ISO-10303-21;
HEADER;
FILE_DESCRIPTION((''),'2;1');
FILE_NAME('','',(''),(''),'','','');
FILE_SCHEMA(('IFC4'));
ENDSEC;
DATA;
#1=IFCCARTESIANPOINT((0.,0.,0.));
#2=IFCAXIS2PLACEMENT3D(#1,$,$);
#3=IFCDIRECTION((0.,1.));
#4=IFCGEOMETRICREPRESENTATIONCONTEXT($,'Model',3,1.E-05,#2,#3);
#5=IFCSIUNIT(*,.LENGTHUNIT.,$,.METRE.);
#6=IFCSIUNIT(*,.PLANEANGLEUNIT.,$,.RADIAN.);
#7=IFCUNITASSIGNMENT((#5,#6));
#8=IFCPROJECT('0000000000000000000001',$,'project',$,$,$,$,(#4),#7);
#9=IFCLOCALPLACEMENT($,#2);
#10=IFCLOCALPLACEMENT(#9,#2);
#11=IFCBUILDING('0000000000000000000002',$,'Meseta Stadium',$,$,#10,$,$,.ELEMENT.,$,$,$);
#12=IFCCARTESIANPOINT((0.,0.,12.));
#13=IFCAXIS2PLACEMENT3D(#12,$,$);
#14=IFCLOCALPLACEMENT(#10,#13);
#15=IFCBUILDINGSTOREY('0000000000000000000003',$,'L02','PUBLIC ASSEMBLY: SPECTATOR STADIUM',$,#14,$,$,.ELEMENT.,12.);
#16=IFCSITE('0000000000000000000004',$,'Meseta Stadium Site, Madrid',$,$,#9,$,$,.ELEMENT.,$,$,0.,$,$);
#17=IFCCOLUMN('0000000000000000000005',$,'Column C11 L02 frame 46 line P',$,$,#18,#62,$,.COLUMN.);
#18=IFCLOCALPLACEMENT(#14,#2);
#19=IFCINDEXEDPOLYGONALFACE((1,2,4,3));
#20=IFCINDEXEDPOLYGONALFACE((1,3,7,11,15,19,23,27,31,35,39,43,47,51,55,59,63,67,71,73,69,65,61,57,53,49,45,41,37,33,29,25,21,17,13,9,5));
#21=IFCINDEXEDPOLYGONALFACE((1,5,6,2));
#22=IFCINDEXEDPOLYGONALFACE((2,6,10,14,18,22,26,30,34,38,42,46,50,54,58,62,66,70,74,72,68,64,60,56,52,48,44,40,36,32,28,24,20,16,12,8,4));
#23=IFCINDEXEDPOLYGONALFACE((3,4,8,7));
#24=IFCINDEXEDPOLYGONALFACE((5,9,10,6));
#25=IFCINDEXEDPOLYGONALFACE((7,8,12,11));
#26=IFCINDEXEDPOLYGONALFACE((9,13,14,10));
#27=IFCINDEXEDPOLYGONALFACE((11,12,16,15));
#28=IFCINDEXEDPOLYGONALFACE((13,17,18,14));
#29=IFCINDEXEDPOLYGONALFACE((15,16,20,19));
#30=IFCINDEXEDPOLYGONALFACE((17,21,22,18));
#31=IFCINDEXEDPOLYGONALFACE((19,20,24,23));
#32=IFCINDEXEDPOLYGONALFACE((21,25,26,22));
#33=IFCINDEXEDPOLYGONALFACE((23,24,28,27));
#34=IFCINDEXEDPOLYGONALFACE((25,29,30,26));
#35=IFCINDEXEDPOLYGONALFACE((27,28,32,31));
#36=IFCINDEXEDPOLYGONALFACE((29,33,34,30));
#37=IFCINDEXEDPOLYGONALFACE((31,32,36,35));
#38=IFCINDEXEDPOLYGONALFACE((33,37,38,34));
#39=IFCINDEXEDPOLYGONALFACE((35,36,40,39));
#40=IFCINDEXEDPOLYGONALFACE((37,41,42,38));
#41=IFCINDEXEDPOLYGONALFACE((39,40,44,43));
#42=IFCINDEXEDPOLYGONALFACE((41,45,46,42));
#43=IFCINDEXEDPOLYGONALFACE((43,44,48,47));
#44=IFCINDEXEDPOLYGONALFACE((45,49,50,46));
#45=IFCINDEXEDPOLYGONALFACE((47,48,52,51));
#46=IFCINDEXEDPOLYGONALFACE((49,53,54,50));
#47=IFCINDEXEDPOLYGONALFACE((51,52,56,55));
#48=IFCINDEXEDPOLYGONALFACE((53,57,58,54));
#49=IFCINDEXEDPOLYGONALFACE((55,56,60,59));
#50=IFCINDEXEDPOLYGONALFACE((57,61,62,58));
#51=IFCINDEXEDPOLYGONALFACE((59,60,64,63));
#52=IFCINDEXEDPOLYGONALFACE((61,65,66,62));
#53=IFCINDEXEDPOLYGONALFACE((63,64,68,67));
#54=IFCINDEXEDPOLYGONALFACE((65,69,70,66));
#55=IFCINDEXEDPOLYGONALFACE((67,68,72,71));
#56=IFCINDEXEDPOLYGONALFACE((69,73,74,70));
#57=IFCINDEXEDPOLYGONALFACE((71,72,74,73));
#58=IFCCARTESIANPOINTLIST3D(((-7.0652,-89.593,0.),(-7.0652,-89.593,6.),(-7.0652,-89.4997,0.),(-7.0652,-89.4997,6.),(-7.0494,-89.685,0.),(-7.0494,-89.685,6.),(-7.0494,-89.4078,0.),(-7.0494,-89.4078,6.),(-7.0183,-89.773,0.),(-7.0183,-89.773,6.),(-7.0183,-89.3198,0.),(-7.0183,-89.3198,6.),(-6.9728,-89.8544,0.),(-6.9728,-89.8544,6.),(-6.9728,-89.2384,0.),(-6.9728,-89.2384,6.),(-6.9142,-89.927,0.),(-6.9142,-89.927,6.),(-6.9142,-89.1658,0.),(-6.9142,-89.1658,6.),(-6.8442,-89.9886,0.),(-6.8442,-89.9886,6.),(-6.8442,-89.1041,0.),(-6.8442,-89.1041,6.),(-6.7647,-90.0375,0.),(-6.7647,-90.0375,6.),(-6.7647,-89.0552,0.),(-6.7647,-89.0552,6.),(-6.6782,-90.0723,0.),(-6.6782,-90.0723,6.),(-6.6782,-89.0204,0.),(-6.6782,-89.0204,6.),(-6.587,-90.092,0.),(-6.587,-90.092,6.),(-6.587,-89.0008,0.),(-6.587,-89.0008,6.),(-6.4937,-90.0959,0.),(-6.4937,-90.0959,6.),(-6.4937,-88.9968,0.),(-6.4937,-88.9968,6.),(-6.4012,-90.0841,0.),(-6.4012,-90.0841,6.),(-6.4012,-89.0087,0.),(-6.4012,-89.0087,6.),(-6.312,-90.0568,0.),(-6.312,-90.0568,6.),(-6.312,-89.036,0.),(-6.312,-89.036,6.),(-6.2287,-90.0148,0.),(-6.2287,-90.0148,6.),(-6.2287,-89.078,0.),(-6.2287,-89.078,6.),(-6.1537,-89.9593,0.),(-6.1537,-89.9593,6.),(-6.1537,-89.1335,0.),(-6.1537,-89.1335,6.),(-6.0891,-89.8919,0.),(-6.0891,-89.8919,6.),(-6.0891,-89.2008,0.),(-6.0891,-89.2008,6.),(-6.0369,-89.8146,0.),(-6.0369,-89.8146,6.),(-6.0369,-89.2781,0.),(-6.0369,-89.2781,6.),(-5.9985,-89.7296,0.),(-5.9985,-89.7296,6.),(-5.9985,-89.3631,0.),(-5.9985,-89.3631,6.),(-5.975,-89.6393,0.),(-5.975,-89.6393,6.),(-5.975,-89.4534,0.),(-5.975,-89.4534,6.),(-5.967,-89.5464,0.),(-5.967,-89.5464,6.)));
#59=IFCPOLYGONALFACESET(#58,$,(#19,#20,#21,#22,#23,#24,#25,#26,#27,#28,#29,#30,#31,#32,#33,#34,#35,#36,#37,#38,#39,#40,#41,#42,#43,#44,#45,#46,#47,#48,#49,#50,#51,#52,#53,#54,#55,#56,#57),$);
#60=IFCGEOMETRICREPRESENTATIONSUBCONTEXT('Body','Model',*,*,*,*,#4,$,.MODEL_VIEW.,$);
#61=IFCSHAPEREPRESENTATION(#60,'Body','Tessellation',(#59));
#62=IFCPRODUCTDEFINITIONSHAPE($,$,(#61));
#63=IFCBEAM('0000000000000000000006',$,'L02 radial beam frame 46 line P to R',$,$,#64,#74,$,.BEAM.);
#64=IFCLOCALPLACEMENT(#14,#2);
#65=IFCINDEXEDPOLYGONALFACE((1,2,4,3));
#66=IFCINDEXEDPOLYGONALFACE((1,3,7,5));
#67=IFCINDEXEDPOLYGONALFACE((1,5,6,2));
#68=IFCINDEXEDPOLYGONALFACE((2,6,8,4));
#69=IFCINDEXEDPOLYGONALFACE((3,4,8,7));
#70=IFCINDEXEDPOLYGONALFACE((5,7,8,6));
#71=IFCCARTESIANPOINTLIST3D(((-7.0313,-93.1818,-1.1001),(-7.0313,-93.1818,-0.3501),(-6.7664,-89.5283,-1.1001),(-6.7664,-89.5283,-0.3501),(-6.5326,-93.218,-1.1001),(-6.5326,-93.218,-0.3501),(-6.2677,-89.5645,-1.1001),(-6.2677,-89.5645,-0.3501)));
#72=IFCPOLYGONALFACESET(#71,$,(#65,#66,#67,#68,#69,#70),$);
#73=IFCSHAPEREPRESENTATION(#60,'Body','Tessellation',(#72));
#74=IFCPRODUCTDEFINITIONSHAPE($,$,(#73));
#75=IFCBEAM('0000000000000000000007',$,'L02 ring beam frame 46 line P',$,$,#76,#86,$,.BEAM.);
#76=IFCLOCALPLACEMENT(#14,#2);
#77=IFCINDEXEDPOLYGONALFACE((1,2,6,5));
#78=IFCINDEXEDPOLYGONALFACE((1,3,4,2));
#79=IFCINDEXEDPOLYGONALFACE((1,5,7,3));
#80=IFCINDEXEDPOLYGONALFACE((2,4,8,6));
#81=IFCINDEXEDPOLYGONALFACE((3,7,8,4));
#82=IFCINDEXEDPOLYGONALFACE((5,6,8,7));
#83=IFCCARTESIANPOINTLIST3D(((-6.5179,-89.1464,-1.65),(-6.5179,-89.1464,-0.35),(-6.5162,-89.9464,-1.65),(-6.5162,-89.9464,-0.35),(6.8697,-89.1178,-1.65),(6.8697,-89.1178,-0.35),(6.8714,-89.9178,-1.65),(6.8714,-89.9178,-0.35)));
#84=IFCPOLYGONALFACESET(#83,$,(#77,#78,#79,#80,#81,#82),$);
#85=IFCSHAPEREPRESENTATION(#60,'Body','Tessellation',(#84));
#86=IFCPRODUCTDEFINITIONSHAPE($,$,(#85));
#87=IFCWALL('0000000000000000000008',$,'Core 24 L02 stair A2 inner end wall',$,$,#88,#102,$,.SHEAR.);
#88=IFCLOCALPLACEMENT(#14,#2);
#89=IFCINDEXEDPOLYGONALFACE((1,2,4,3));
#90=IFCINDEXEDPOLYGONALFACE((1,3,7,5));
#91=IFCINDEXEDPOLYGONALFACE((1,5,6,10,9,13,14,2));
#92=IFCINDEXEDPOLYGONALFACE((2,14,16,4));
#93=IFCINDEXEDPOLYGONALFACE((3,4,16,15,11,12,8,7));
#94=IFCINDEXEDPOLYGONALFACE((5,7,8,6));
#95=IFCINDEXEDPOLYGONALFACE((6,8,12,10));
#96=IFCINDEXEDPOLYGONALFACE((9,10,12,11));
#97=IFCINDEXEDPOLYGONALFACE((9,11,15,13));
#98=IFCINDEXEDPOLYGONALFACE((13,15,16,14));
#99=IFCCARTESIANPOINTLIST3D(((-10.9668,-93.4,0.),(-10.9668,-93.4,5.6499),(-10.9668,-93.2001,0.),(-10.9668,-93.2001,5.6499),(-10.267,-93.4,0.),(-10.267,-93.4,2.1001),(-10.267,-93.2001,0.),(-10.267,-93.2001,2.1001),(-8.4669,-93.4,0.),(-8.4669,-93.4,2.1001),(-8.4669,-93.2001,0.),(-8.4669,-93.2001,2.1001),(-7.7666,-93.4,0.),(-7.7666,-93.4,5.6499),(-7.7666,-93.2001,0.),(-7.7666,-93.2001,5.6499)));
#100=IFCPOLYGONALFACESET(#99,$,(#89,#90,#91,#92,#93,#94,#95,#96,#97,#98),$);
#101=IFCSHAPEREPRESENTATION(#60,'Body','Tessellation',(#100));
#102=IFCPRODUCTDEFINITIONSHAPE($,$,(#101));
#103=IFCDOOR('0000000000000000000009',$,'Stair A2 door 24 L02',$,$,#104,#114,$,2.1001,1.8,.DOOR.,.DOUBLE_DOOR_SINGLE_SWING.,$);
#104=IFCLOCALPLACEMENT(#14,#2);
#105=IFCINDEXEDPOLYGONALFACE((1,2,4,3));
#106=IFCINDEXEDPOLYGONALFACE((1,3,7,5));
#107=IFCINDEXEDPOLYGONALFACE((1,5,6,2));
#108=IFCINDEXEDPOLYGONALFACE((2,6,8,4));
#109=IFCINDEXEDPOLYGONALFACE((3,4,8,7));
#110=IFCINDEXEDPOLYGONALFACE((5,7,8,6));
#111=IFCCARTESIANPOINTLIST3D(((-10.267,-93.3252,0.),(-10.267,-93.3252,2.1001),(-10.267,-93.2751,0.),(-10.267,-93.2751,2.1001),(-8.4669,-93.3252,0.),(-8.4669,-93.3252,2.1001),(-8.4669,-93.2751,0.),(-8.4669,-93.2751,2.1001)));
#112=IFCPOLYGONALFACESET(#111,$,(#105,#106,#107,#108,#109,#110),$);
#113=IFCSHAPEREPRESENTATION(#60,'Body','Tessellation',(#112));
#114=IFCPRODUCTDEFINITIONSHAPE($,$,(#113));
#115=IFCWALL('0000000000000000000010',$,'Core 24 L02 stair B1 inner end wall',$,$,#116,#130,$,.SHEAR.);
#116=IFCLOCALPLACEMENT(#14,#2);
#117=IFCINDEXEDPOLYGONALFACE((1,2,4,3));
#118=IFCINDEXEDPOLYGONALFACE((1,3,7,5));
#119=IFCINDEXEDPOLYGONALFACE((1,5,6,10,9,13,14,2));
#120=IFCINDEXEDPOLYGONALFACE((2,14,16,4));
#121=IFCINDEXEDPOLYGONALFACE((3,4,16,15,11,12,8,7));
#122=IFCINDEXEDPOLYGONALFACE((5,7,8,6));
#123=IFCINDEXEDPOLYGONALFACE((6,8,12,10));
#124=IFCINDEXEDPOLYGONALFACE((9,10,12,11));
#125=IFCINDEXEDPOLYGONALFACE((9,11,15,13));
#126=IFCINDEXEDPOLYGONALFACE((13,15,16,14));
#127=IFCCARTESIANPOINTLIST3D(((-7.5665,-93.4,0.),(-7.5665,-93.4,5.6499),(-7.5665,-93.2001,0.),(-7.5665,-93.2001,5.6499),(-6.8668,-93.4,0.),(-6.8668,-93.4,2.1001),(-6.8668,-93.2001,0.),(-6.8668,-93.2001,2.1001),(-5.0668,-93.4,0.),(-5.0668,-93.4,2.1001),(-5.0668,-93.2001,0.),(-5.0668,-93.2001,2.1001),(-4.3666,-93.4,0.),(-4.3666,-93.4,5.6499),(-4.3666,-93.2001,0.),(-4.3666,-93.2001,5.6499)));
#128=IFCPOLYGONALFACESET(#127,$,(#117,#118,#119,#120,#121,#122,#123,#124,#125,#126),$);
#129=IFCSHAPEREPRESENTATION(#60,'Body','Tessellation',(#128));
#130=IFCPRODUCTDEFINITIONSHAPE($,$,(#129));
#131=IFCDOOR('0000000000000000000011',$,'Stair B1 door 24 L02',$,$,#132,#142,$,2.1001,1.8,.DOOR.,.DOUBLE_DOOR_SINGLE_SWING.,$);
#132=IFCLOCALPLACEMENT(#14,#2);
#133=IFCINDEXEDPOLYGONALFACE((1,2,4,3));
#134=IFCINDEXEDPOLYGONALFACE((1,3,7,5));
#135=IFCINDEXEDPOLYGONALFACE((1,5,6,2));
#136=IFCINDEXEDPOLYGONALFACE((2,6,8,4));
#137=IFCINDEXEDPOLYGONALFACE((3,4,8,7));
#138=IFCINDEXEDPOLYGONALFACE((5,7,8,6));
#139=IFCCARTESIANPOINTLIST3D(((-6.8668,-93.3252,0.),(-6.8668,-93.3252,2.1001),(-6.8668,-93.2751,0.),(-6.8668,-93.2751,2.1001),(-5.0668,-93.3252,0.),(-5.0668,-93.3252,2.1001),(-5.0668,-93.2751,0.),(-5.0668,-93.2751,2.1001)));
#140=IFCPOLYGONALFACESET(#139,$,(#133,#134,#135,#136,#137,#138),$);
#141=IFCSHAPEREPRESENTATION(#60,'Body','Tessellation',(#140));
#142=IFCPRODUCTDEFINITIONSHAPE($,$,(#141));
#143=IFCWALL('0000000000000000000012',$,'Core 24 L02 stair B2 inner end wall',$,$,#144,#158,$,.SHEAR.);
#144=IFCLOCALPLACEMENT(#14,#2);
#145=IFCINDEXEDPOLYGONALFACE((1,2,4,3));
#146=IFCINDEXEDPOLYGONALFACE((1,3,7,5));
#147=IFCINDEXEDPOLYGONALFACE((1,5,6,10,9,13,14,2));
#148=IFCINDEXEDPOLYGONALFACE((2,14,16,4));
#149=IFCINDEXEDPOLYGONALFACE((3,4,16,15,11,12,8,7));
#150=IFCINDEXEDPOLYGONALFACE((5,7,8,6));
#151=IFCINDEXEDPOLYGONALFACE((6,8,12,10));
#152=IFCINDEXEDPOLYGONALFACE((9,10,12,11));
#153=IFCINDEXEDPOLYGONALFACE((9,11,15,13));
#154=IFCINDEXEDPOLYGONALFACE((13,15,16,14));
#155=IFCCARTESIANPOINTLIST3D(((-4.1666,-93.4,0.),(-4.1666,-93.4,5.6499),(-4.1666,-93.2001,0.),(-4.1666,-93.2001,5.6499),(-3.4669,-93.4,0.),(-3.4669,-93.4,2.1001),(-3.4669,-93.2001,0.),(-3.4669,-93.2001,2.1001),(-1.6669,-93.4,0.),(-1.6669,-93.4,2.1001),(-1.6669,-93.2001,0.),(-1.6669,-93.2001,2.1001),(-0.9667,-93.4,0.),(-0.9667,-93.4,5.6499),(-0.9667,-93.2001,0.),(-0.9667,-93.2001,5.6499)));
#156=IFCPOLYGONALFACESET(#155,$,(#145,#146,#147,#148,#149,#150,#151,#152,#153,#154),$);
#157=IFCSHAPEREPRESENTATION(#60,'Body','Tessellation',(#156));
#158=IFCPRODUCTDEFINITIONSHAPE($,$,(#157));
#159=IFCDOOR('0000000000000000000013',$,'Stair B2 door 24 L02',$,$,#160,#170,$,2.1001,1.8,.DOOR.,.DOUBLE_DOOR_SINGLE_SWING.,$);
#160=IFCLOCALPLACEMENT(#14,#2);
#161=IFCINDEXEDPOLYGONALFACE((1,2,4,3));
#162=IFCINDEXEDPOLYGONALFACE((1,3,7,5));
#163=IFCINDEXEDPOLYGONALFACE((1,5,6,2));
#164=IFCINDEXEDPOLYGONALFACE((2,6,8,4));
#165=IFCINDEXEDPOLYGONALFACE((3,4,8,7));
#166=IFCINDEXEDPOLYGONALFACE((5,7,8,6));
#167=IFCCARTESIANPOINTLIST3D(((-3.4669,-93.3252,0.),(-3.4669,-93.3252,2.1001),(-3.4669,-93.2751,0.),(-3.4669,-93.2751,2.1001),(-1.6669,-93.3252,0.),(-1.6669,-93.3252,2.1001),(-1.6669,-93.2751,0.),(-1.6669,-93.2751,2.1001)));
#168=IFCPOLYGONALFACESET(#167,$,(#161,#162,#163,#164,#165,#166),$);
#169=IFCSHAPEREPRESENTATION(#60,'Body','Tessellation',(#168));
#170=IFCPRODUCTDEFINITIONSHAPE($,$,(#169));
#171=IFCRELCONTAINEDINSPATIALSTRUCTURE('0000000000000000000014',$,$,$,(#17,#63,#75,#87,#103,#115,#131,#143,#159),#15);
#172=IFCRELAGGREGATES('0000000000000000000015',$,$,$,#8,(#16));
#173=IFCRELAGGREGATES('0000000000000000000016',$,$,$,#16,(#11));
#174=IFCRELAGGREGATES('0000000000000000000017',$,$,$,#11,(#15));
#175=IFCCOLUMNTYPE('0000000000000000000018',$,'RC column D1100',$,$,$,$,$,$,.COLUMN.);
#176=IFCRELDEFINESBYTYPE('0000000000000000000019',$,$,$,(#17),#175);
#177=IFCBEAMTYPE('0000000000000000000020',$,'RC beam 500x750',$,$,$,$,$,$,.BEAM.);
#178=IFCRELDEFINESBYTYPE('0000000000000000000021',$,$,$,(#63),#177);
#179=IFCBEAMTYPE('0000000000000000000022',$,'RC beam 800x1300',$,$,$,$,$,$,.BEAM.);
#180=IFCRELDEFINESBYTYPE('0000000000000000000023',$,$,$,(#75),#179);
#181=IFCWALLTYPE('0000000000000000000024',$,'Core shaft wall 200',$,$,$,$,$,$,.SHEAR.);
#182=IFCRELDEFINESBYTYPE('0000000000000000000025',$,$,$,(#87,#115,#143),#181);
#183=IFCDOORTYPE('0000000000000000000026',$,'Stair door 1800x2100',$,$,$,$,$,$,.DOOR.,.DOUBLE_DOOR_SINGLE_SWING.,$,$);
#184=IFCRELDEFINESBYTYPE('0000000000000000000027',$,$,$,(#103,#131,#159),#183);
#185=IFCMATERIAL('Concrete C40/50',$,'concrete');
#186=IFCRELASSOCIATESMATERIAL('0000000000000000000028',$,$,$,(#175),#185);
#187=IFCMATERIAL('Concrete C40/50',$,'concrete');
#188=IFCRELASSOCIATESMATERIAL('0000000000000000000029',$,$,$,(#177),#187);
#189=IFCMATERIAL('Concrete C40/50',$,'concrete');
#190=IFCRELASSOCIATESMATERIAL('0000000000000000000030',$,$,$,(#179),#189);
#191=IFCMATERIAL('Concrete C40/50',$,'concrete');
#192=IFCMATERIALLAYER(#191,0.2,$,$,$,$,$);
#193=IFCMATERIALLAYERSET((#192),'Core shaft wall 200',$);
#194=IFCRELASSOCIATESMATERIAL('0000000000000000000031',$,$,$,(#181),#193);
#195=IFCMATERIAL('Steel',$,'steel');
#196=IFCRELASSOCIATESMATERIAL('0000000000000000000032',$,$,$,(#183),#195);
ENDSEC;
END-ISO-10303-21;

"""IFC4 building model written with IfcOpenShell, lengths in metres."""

from ifc_helpers import new_model, si_unit, direction, frame, frame_2d, origin, origin_2d, place, context, subcontext, project, spatial, rectangle, circle, extrude, material, layer, layer_set, material_profile, profile_set, type_object, element, fill, save


model = new_model("IFC4")

# Units and contexts
model_context = context("Model", 3, precision=1e-05, world=origin(), true_north=direction((0.0, 1.0)))
body_context = subcontext(model_context, "Body", "Model", "MODEL_VIEW")
ifc_project = project(units=[si_unit("LENGTHUNIT", "METRE"), si_unit("PLANEANGLEUNIT", "RADIAN")], contexts=[model_context])

# Site, building, storey
site_placement = place(None, origin())
site = spatial("IfcSite", under=ifc_project, at=site_placement, Name="Meseta Stadium Site, Madrid", CompositionType="ELEMENT", RefElevation=0.0)
building_placement = place(site_placement, origin())
building = spatial("IfcBuilding", under=site, at=building_placement, Name="Meseta Stadium", CompositionType="ELEMENT")
storey_placement = place(building_placement, frame((0.0, 0.0, 12.0)))
storey = spatial("IfcBuildingStorey", under=building, at=storey_placement, Name="L02", Description="PUBLIC ASSEMBLY: SPECTATOR STADIUM", CompositionType="ELEMENT", Elevation=12.0)

# Column
ifc_material_1 = material(Name="Concrete C40/50", Category="concrete")
ifc_material_profile_1 = material_profile(ifc_material_1, circle(Radius=0.55, at=origin_2d()), Name="RC D1100")
ifc_profile_set_1 = profile_set([ifc_material_profile_1], Name="Concrete C40/50")
column_type = type_object("IfcColumnType", Name="RC column D1100", PredefinedType="COLUMN", material=ifc_profile_set_1)
column_placement = place(storey_placement, frame((-6.5171, -89.5464, 0.0), z_axis=(0.0, 0.0, 1.0), x_axis=(1.0, 0.0, 0.0)))
element("IfcColumn", 1, at=column_placement, inside=storey, type_object=column_type, Name="Column C11 L02 frame 46 line P", PredefinedType="COLUMN", context=body_context, shape_type="SweptSolid", body=[
    extrude(circle(Radius=0.55, at=origin_2d()), origin(), (0.0, 0.0, 1.0), 6.0),
])

# Beams
ifc_material_2 = material(Name="Concrete C40/50", Category="concrete")
ifc_material_profile_2 = material_profile(ifc_material_2, rectangle(XDim=0.5, YDim=0.75, at=origin_2d()), Name="RC 500x750")
ifc_profile_set_2 = profile_set([ifc_material_profile_2], Name="Concrete C40/50")
beam_type_1 = type_object("IfcBeamType", Name="RC beam 500x750", PredefinedType="BEAM", material=ifc_profile_set_2)
beam_1_placement = place(storey_placement, frame((-6.5171, -89.5464, -0.7251), z_axis=(-0.072313, -0.997382, 0.0), x_axis=(0.997382, -0.072313, 0.0)))
element("IfcBeam", 2, at=beam_1_placement, inside=storey, type_object=beam_type_1, Name="L02 radial beam frame 46 line P to R", PredefinedType="BEAM", context=body_context, shape_type="SweptSolid", body=[
    extrude(rectangle(XDim=0.5, YDim=0.75, at=origin_2d()), origin(), (0.0, 0.0, 1.0), 3.6631),
])
ifc_material_3 = material(Name="Concrete C40/50", Category="concrete")
ifc_material_profile_3 = material_profile(ifc_material_3, rectangle(XDim=0.8, YDim=1.3, at=origin_2d()), Name="RC 800x1300")
ifc_profile_set_3 = profile_set([ifc_material_profile_3], Name="Concrete C40/50")
beam_type_2 = type_object("IfcBeamType", Name="RC beam 800x1300", PredefinedType="BEAM", material=ifc_profile_set_3)
beam_2_placement = place(storey_placement, frame((-6.5171, -89.5464, -1.0), z_axis=(0.999998, 0.002134, 0.0), x_axis=(-0.002134, 0.999998, 0.0)))
element("IfcBeam", 3, at=beam_2_placement, inside=storey, type_object=beam_type_2, Name="L02 ring beam frame 46 line P", PredefinedType="BEAM", context=body_context, shape_type="SweptSolid", body=[
    extrude(rectangle(XDim=0.8, YDim=1.3, at=origin_2d()), origin(), (0.0, 0.0, 1.0), 13.3877),
])

# Walls, openings, doors
ifc_material_4 = material(Name="Concrete C40/50", Category="concrete")
ifc_layer_1 = layer(ifc_material_4, 0.2)
ifc_layer_set_1 = layer_set([ifc_layer_1], Name="Core shaft wall 200")
wall_type_1 = type_object("IfcWallType", Name="Core shaft wall 200", PredefinedType="SHEAR", material=ifc_layer_set_1)
wall_1_placement = place(storey_placement, frame((-10.9668, -93.3, 0.0), z_axis=(0.0, 0.0, 1.0), x_axis=(1.0, 0.0, 0.0)))
wall_1 = element("IfcWall", 4, at=wall_1_placement, inside=storey, type_object=wall_type_1, Name="Core 24 L02 stair A2 inner end wall", PredefinedType="SHEAR", context=body_context, shape_type="SweptSolid", body=[
    extrude(rectangle(XDim=3.2002, YDim=0.2, at=frame_2d((1.6001, 0.0))), origin(), (0.0, 0.0, 1.0), 5.6499),
])
opening_1_placement = place(wall_1_placement, frame((0.7, 0.0, 0.0)))
opening_1 = element("IfcOpeningElement", 5, at=opening_1_placement, cuts=wall_1, PredefinedType="OPENING", context=body_context, shape_type="SweptSolid", body=[
    extrude(rectangle(XDim=1.8, YDim=2.1001, at=frame_2d((0.8999, 1.05))), frame((0.0, 0.1099, 0.0), z_axis=(0.0, -1.0, 0.0), x_axis=(1.0, 0.0, 0.0)), (0.0, 0.0, 1.0), 0.22),
])
ifc_material_5 = material(Name="Steel", Category="steel")
door_type_1 = type_object("IfcDoorType", Name="Stair door 1800x2100", OperationType="DOUBLE_DOOR_SINGLE_SWING", PredefinedType="DOOR", material=ifc_material_5)
door_1_placement = place(opening_1_placement, origin())
door_1 = element("IfcDoor", 6, at=door_1_placement, inside=storey, type_object=door_type_1, Name="Stair A2 door 24 L02", OperationType="DOUBLE_DOOR_SINGLE_SWING", OverallHeight=2.1001, OverallWidth=1.8, PredefinedType="DOOR", context=body_context, shape_type="SweptSolid", body=[
    extrude(rectangle(XDim=1.8, YDim=2.1001, at=frame_2d((0.8999, 1.05))), frame((0.0, 0.0249, 0.0), z_axis=(0.0, -1.0, 0.0), x_axis=(1.0, 0.0, 0.0)), (0.0, 0.0, 1.0), 0.05),
])
fill(opening_1, door_1)
wall_2_placement = place(storey_placement, frame((-7.5667, -93.3, 0.0), z_axis=(0.0, 0.0, 1.0), x_axis=(1.0, 0.0, 0.0)))
wall_2 = element("IfcWall", 7, at=wall_2_placement, inside=storey, type_object=wall_type_1, Name="Core 24 L02 stair B1 inner end wall", PredefinedType="SHEAR", context=body_context, shape_type="SweptSolid", body=[
    extrude(rectangle(XDim=3.2, YDim=0.2, at=frame_2d((1.6001, 0.0))), origin(), (0.0, 0.0, 1.0), 5.6499),
])
opening_2_placement = place(wall_2_placement, frame((0.7, 0.0, 0.0)))
opening_2 = element("IfcOpeningElement", 8, at=opening_2_placement, cuts=wall_2, PredefinedType="OPENING", context=body_context, shape_type="SweptSolid", body=[
    extrude(rectangle(XDim=1.8, YDim=2.1001, at=frame_2d((0.8999, 1.05))), frame((0.0, 0.1099, 0.0), z_axis=(0.0, -1.0, 0.0), x_axis=(1.0, 0.0, 0.0)), (0.0, 0.0, 1.0), 0.22),
])
door_2_placement = place(opening_2_placement, origin())
door_2 = element("IfcDoor", 9, at=door_2_placement, inside=storey, type_object=door_type_1, Name="Stair B1 door 24 L02", OperationType="DOUBLE_DOOR_SINGLE_SWING", OverallHeight=2.1001, OverallWidth=1.8, PredefinedType="DOOR", context=body_context, shape_type="SweptSolid", body=[
    extrude(rectangle(XDim=1.8, YDim=2.1001, at=frame_2d((0.8999, 1.05))), frame((0.0, 0.0249, 0.0), z_axis=(0.0, -1.0, 0.0), x_axis=(1.0, 0.0, 0.0)), (0.0, 0.0, 1.0), 0.05),
])
fill(opening_2, door_2)
wall_3_placement = place(storey_placement, frame((-4.1667, -93.3, 0.0), z_axis=(0.0, 0.0, 1.0), x_axis=(1.0, 0.0, 0.0)))
wall_3 = element("IfcWall", 10, at=wall_3_placement, inside=storey, type_object=wall_type_1, Name="Core 24 L02 stair B2 inner end wall", PredefinedType="SHEAR", context=body_context, shape_type="SweptSolid", body=[
    extrude(rectangle(XDim=3.2, YDim=0.2, at=frame_2d((1.6001, 0.0))), origin(), (0.0, 0.0, 1.0), 5.6499),
])
opening_3_placement = place(wall_3_placement, frame((0.7, 0.0, 0.0)))
opening_3 = element("IfcOpeningElement", 11, at=opening_3_placement, cuts=wall_3, PredefinedType="OPENING", context=body_context, shape_type="SweptSolid", body=[
    extrude(rectangle(XDim=1.8, YDim=2.1001, at=frame_2d((0.8999, 1.05))), frame((0.0, 0.1099, 0.0), z_axis=(0.0, -1.0, 0.0), x_axis=(1.0, 0.0, 0.0)), (0.0, 0.0, 1.0), 0.22),
])
door_3_placement = place(opening_3_placement, origin())
door_3 = element("IfcDoor", 12, at=door_3_placement, inside=storey, type_object=door_type_1, Name="Stair B2 door 24 L02", OperationType="DOUBLE_DOOR_SINGLE_SWING", OverallHeight=2.1001, OverallWidth=1.8, PredefinedType="DOOR", context=body_context, shape_type="SweptSolid", body=[
    extrude(rectangle(XDim=1.8, YDim=2.1001, at=frame_2d((0.8999, 1.05))), frame((0.0, 0.0249, 0.0), z_axis=(0.0, -1.0, 0.0), x_axis=(1.0, 0.0, 0.0)), (0.0, 0.0, 1.0), 0.05),
])
fill(opening_3, door_3)

save(model, "model.ifc")
